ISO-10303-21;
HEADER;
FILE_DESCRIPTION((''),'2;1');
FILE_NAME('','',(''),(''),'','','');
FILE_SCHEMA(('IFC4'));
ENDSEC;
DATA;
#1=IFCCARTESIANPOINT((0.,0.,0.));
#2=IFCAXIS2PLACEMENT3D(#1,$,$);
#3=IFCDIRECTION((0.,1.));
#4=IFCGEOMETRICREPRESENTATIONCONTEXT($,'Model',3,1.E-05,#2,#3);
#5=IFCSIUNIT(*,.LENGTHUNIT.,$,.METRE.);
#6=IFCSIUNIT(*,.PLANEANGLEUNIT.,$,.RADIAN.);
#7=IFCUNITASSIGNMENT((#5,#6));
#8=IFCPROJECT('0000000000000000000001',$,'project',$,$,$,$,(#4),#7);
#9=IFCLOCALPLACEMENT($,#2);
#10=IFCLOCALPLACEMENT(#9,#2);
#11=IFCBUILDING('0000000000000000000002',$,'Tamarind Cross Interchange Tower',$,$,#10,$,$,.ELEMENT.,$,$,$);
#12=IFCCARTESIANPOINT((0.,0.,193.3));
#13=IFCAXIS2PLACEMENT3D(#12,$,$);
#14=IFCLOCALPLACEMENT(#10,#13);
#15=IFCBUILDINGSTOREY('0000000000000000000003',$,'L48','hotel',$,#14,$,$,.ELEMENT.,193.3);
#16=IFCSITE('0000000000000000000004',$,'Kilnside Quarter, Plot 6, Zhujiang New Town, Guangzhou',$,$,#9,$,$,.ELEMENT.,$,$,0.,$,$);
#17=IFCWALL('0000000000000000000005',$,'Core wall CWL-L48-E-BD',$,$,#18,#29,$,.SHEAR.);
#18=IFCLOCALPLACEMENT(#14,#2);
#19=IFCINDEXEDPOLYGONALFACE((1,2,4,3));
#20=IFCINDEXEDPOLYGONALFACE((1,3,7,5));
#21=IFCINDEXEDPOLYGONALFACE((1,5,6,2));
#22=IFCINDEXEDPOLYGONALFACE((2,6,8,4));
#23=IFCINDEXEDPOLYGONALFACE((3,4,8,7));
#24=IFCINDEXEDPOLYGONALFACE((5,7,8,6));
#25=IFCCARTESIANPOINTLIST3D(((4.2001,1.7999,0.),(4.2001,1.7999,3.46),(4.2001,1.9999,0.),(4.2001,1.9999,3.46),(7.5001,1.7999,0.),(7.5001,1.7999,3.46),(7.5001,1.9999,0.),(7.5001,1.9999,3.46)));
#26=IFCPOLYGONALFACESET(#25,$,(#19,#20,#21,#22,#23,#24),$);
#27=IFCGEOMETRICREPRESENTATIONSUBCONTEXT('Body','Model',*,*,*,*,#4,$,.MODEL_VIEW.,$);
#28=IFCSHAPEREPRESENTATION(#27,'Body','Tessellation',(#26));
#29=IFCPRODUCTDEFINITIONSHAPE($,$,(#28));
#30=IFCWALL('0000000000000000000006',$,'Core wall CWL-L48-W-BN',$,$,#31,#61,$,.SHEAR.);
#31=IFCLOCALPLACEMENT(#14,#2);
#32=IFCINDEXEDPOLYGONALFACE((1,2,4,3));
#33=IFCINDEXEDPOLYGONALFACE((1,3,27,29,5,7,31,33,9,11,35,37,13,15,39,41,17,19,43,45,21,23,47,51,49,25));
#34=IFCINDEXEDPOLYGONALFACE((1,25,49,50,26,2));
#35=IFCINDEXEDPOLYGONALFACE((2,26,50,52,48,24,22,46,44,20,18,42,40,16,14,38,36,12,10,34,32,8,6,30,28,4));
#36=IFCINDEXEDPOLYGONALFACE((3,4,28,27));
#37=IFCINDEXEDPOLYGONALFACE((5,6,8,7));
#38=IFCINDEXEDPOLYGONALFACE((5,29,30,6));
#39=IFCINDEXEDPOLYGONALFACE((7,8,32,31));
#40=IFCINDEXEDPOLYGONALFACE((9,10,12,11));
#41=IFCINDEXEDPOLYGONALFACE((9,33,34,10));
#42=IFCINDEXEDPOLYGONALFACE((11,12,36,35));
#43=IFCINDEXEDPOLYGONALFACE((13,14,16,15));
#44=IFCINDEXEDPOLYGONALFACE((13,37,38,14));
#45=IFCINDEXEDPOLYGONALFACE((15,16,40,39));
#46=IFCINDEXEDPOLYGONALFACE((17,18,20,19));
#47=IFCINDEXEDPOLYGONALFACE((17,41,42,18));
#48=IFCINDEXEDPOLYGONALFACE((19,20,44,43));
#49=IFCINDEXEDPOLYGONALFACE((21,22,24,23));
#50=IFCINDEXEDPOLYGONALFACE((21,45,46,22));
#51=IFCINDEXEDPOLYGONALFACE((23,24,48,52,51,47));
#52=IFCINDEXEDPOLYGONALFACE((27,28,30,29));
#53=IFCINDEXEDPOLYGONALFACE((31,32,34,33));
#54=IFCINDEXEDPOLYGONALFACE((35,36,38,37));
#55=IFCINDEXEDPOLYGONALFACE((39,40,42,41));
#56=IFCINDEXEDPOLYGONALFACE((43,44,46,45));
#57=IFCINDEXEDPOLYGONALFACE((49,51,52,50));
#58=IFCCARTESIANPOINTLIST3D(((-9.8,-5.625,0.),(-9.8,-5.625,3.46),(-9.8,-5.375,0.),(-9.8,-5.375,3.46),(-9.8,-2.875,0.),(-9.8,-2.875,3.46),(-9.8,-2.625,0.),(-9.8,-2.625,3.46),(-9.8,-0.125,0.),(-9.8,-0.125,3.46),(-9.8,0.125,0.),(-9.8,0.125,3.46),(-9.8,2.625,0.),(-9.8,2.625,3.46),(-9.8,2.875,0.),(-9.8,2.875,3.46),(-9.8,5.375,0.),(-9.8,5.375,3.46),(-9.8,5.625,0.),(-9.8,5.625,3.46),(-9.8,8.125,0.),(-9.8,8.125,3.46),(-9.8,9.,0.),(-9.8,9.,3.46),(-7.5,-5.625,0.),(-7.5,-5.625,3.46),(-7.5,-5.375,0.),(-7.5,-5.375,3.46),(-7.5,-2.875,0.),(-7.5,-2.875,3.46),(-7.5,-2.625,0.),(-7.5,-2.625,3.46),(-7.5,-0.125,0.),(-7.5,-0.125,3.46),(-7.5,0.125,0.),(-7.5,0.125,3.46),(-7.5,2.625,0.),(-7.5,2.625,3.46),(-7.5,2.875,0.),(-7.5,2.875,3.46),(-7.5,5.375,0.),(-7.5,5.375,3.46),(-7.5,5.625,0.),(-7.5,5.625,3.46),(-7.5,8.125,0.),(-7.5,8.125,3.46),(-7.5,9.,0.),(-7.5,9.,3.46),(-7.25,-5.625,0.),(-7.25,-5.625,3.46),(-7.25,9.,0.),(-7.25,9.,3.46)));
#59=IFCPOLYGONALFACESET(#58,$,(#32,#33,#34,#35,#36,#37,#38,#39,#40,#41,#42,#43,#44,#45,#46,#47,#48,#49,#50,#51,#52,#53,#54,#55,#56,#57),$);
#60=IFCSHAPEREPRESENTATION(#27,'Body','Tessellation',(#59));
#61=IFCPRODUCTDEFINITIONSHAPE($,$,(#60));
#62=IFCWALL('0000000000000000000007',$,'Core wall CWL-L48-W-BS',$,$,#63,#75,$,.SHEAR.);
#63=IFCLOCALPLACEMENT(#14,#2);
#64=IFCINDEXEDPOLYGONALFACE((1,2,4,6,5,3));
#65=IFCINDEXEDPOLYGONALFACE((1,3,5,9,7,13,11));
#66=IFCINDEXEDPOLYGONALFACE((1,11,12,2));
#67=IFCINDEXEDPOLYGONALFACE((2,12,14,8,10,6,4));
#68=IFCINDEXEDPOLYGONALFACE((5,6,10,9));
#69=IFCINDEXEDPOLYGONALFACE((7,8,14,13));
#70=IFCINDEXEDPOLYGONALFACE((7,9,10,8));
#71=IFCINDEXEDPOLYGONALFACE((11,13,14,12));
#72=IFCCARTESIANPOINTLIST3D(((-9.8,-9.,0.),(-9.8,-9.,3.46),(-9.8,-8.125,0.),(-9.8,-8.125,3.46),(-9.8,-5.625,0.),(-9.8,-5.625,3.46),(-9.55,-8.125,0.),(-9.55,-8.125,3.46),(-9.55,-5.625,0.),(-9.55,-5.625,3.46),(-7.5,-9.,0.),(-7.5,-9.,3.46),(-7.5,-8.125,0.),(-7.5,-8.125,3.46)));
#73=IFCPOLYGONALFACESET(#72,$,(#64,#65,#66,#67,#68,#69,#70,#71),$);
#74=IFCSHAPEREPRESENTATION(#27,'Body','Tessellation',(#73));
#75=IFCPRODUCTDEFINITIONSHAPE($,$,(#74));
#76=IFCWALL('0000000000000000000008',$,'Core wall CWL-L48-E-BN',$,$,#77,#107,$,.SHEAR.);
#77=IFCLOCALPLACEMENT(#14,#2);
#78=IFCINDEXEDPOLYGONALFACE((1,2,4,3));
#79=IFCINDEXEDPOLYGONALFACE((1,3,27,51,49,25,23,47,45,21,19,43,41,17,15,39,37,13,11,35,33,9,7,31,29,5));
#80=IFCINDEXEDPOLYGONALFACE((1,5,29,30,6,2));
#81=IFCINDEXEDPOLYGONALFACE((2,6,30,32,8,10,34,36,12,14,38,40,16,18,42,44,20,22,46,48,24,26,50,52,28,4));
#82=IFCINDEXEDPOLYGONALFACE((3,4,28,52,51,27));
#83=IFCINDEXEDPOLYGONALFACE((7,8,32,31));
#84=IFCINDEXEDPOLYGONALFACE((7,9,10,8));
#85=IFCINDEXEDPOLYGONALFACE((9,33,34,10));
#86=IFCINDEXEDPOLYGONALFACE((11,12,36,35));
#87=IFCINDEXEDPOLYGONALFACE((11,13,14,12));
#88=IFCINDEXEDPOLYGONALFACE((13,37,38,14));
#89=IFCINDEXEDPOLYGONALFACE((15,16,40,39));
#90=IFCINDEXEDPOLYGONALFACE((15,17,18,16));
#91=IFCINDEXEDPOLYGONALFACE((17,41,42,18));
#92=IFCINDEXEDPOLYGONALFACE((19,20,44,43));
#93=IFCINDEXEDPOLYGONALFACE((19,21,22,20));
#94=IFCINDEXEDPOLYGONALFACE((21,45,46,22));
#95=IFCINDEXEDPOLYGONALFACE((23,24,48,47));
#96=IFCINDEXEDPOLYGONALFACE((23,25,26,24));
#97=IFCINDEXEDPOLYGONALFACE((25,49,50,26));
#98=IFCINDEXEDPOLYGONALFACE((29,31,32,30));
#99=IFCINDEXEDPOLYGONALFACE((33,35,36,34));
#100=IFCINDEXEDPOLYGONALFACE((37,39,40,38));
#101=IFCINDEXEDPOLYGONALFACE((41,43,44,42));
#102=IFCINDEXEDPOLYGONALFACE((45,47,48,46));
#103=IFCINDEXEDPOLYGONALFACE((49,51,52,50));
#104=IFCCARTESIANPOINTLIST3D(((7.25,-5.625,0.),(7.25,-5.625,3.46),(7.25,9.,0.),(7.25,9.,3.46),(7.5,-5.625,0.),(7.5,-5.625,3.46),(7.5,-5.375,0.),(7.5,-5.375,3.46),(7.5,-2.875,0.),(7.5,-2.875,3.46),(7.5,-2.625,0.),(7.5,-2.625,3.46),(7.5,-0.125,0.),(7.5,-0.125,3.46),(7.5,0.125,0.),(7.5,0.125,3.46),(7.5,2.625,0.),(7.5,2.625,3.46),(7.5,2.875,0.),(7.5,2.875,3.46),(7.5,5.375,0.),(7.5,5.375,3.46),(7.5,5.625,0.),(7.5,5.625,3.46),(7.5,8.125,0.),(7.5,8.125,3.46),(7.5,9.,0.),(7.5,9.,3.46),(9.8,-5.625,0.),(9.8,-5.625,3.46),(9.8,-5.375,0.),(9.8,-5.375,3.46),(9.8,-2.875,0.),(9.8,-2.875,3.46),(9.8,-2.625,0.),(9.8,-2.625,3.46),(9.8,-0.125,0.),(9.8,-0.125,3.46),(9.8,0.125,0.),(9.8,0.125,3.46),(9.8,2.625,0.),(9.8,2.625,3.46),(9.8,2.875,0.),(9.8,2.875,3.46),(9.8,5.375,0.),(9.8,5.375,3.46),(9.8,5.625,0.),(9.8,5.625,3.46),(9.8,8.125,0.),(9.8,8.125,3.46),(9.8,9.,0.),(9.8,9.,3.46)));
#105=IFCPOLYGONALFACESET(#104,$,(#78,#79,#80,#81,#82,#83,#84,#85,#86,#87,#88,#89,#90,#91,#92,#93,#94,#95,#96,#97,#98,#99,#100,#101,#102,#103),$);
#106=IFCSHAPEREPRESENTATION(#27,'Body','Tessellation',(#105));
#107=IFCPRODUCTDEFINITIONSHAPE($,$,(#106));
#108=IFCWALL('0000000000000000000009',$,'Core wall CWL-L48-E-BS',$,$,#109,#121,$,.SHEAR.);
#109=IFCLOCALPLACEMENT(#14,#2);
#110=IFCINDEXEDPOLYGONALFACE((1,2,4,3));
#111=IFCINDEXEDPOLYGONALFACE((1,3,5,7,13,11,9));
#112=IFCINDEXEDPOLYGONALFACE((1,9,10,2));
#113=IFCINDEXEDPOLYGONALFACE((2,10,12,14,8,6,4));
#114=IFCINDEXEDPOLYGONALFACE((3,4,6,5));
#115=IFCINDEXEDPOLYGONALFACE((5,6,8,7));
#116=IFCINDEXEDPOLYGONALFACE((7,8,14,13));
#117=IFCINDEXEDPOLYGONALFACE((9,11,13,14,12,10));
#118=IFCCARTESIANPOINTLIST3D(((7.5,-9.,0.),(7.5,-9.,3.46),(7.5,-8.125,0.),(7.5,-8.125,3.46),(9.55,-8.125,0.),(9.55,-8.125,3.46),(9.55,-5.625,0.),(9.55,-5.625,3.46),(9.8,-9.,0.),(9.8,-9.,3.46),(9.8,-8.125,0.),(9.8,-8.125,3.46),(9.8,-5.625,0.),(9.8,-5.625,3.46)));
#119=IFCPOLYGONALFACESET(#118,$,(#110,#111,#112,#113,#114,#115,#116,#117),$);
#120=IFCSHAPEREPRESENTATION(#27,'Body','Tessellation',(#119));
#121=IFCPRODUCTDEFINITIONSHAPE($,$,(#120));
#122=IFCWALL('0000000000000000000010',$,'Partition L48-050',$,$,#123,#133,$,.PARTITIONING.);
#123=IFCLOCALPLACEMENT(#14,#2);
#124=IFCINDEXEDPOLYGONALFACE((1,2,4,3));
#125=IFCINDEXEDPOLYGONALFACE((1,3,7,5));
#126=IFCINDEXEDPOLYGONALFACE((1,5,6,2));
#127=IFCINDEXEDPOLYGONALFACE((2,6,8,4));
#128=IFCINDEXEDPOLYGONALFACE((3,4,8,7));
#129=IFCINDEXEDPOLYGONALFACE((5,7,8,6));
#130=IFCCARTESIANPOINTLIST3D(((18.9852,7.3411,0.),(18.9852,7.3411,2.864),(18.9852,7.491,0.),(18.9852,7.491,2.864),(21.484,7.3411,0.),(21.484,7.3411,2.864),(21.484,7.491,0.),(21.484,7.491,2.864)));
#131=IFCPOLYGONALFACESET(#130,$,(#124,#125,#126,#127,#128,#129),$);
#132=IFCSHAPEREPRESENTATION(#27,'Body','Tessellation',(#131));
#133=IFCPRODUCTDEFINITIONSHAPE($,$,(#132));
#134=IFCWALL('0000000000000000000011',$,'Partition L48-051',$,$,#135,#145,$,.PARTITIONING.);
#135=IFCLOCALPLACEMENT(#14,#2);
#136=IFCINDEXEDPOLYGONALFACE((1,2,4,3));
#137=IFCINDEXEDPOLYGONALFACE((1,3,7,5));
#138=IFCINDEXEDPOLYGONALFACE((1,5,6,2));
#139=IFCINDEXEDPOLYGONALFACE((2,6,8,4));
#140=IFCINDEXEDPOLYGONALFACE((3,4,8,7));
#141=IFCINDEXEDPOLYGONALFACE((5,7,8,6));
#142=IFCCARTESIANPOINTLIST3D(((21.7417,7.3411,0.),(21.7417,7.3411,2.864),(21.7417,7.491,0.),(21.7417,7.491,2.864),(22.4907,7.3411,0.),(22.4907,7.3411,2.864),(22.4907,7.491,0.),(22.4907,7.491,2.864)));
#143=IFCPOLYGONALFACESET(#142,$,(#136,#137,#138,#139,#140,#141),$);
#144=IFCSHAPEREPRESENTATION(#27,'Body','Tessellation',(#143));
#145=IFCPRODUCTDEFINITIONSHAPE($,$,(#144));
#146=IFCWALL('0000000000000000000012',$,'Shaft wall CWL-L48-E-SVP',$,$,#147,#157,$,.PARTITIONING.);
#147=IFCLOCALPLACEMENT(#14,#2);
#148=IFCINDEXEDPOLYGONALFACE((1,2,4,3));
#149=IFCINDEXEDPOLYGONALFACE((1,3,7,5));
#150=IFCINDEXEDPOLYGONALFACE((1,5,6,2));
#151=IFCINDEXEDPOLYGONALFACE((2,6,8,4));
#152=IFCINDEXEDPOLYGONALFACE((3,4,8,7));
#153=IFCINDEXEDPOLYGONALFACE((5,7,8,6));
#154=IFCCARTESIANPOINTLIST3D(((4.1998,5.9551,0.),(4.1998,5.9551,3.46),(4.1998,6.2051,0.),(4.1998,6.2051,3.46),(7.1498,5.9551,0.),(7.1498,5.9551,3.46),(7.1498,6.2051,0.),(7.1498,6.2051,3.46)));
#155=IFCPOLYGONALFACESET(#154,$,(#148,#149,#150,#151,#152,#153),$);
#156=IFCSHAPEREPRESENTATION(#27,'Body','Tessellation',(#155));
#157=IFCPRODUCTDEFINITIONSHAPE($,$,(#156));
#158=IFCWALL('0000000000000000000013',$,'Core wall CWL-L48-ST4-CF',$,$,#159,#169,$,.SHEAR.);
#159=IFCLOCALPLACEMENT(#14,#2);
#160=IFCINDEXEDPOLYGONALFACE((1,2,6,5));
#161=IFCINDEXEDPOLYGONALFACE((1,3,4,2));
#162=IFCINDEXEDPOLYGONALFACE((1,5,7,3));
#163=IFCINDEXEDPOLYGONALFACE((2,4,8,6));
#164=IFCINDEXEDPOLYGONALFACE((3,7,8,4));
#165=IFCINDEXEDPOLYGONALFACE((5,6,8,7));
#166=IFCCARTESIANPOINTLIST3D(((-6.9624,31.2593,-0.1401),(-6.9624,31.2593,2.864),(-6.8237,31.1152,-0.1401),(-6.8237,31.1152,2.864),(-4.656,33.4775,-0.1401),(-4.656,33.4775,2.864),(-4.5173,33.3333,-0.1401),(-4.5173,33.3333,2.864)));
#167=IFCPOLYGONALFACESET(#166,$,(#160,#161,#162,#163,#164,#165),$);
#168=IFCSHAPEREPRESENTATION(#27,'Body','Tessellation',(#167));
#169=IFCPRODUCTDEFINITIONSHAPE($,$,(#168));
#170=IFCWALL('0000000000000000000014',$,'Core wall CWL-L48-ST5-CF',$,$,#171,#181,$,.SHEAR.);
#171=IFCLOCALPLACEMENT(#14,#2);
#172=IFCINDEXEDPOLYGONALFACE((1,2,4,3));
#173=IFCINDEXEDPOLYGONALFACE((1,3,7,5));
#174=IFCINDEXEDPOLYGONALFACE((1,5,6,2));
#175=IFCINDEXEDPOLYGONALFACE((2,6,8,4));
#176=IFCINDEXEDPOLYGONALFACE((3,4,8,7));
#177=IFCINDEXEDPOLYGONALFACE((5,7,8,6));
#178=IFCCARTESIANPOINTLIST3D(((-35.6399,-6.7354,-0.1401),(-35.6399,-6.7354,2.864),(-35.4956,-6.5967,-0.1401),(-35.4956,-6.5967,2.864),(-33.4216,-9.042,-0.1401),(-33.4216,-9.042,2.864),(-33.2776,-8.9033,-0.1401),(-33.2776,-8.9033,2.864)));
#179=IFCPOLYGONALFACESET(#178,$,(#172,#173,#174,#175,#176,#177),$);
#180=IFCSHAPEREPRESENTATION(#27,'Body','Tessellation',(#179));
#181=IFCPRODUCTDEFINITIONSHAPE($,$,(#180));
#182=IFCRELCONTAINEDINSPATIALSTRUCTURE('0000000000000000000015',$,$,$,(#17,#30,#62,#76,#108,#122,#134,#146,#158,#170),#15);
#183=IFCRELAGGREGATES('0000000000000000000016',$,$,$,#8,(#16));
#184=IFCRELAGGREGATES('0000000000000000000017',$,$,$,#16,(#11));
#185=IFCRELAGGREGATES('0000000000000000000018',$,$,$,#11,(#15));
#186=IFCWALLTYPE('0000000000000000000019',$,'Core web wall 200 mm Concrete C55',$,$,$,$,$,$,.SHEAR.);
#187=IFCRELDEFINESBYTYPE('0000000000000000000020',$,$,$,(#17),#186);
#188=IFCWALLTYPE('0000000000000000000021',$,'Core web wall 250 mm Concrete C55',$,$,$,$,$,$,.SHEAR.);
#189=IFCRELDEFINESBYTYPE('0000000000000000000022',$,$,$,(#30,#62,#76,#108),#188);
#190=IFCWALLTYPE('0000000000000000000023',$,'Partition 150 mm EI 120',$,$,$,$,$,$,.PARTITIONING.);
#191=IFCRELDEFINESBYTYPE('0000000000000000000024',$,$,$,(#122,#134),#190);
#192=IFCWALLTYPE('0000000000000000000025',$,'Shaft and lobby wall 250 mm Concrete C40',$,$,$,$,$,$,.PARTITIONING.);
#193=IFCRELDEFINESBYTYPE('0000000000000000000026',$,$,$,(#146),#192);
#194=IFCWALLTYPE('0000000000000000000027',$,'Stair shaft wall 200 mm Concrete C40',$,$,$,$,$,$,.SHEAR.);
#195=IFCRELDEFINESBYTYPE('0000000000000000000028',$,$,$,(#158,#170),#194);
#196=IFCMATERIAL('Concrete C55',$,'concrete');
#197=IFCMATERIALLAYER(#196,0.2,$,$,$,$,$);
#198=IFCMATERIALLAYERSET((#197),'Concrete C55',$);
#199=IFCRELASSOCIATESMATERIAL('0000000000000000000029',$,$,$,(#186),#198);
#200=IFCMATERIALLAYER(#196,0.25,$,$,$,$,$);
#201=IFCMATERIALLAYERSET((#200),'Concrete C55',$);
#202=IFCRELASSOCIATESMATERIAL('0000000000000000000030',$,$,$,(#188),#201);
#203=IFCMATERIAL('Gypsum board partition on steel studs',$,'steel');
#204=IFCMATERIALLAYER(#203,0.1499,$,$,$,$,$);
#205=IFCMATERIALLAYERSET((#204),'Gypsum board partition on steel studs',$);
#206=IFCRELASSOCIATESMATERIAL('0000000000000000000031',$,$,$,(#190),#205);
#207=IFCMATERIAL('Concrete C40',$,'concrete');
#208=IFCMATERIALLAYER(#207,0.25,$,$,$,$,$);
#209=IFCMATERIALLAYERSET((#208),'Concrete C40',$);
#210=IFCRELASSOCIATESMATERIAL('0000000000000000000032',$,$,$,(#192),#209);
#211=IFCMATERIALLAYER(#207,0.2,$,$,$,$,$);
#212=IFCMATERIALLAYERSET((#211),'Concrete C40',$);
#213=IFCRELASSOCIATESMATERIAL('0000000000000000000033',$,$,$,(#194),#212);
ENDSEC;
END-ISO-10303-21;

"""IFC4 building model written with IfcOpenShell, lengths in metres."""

from ifc_helpers import new_model, si_unit, direction, frame, frame_2d, origin, place, context, subcontext, project, spatial, polyline, rectangle, outline, extrude, material, layer, layer_set, type_object, element, save


model = new_model("IFC4")

# Units and contexts
model_context = context("Model", 3, precision=1e-05, world=origin(), true_north=direction((0.0, 1.0)))
body_context = subcontext(model_context, "Body", "Model", "MODEL_VIEW")
ifc_project = project(units=[si_unit("LENGTHUNIT", "METRE"), si_unit("PLANEANGLEUNIT", "RADIAN")], contexts=[model_context])

# Site, building, storey
site_placement = place(None, origin())
site = spatial("IfcSite", under=ifc_project, at=site_placement, Name="Kilnside Quarter, Plot 6, Zhujiang New Town, Guangzhou", CompositionType="ELEMENT", RefElevation=0.0)
building_placement = place(site_placement, origin())
building = spatial("IfcBuilding", under=site, at=building_placement, Name="Tamarind Cross Interchange Tower", CompositionType="ELEMENT")
storey_placement = place(building_placement, frame((0.0, 0.0, 193.3)))
storey = spatial("IfcBuildingStorey", under=building, at=storey_placement, Name="L48", Description="hotel", CompositionType="ELEMENT", Elevation=193.3)

# Shared definitions
ifc_material_1 = material(Name="Concrete C55", Category="concrete")

# Shared definitions
ifc_material_2 = material(Name="Concrete C40", Category="concrete")

# Walls
ifc_layer_1 = layer(ifc_material_1, 0.2)
ifc_layer_set_1 = layer_set([ifc_layer_1], Name="Concrete C55")
wall_type_1 = type_object("IfcWallType", Name="Core web wall 200 mm Concrete C55", PredefinedType="SHEAR", material=ifc_layer_set_1)
wall_1_placement = place(storey_placement, frame((7.5, 1.8999, 0.0), z_axis=(0.0, 0.0, 1.0), x_axis=(-1.0, 0.0, 0.0)))
element("IfcWall", 1, at=wall_1_placement, inside=storey, type_object=wall_type_1, Name="Core wall CWL-L48-E-BD", PredefinedType="SHEAR", context=body_context, shape_type="SweptSolid", body=[
    extrude(rectangle(XDim=3.3, YDim=0.2, at=frame_2d((1.6499, 0.0))), origin(), (0.0, 0.0, 1.0), 3.46),
])
ifc_layer_2 = layer(ifc_material_1, 0.25)
ifc_layer_set_2 = layer_set([ifc_layer_2], Name="Concrete C55")
wall_type_2 = type_object("IfcWallType", Name="Core web wall 250 mm Concrete C55", PredefinedType="SHEAR", material=ifc_layer_set_2)
wall_2_placement = place(storey_placement, origin())
element("IfcWall", 2, at=wall_2_placement, inside=storey, type_object=wall_type_2, Name="Core wall CWL-L48-W-BN", PredefinedType="SHEAR", context=body_context, shape_type="SweptSolid", body=[
    extrude(outline(polyline([(-9.8, -5.375), (-9.8, -5.625), (-7.5, -5.625), (-7.25, -5.625), (-7.25, 9.0), (-7.5, 9.0), (-9.8, 9.0), (-9.8, 8.125), (-7.5, 8.125), (-7.5, 5.625), (-9.8, 5.625), (-9.8, 5.375), (-7.5, 5.375), (-7.5, 2.875), (-9.8, 2.875), (-9.8, 2.625), (-7.5, 2.625), (-7.5, 0.125), (-9.8, 0.125), (-9.8, -0.125), (-7.5, -0.125), (-7.5, -2.625), (-9.8, -2.625), (-9.8, -2.875), (-7.5, -2.875), (-7.5, -5.375), (-9.8, -5.375)])), origin(), (0.0, 0.0, 1.0), 3.46),
])
wall_3_placement = place(storey_placement, origin())
element("IfcWall", 3, at=wall_3_placement, inside=storey, type_object=wall_type_2, Name="Core wall CWL-L48-W-BS", PredefinedType="SHEAR", context=body_context, shape_type="SweptSolid", body=[
    extrude(outline(polyline([(-7.5, -8.125), (-9.55, -8.125), (-9.55, -5.625), (-9.8, -5.625), (-9.8, -8.125), (-9.8, -9.0), (-7.5, -9.0), (-7.5, -8.125)])), origin(), (0.0, 0.0, 1.0), 3.46),
])
wall_4_placement = place(storey_placement, origin())
element("IfcWall", 4, at=wall_4_placement, inside=storey, type_object=wall_type_2, Name="Core wall CWL-L48-E-BN", PredefinedType="SHEAR", context=body_context, shape_type="SweptSolid", body=[
    extrude(outline(polyline([(9.8, -5.375), (7.5, -5.375), (7.5, -2.875), (9.8, -2.875), (9.8, -2.625), (7.5, -2.625), (7.5, -0.125), (9.8, -0.125), (9.8, 0.125), (7.5, 0.125), (7.5, 2.625), (9.8, 2.625), (9.8, 2.875), (7.5, 2.875), (7.5, 5.375), (9.8, 5.375), (9.8, 5.625), (7.5, 5.625), (7.5, 8.125), (9.8, 8.125), (9.8, 9.0), (7.5, 9.0), (7.25, 9.0), (7.25, -5.625), (7.5, -5.625), (9.8, -5.625), (9.8, -5.375)])), origin(), (0.0, 0.0, 1.0), 3.46),
])
wall_5_placement = place(storey_placement, origin())
element("IfcWall", 5, at=wall_5_placement, inside=storey, type_object=wall_type_2, Name="Core wall CWL-L48-E-BS", PredefinedType="SHEAR", context=body_context, shape_type="SweptSolid", body=[
    extrude(outline(polyline([(7.5, -8.125), (7.5, -9.0), (9.8, -9.0), (9.8, -8.125), (9.8, -5.625), (9.55, -5.625), (9.55, -8.125), (7.5, -8.125)])), origin(), (0.0, 0.0, 1.0), 3.46),
])
ifc_material_3 = material(Name="Gypsum board partition on steel studs", Category="steel")
ifc_layer_3 = layer(ifc_material_3, 0.1499)
ifc_layer_set_3 = layer_set([ifc_layer_3], Name="Gypsum board partition on steel studs")
wall_type_3 = type_object("IfcWallType", Name="Partition 150 mm EI 120", PredefinedType="PARTITIONING", material=ifc_layer_set_3)
wall_6_placement = place(storey_placement, frame((18.9851, 7.416, 0.0), z_axis=(0.0, 0.0, 1.0), x_axis=(1.0, 0.0, 0.0)))
element("IfcWall", 6, at=wall_6_placement, inside=storey, type_object=wall_type_3, Name="Partition L48-050", PredefinedType="PARTITIONING", context=body_context, shape_type="SweptSolid", body=[
    extrude(rectangle(XDim=2.4988, YDim=0.1499, at=frame_2d((1.2495, 0.0))), origin(), (0.0, 0.0, 1.0), 2.864),
])
wall_7_placement = place(storey_placement, frame((21.7417, 7.416, 0.0), z_axis=(0.0, 0.0, 1.0), x_axis=(1.0, 0.0, 0.0)))
element("IfcWall", 7, at=wall_7_placement, inside=storey, type_object=wall_type_3, Name="Partition L48-051", PredefinedType="PARTITIONING", context=body_context, shape_type="SweptSolid", body=[
    extrude(rectangle(XDim=0.749, YDim=0.1499, at=frame_2d((0.3745, 0.0))), origin(), (0.0, 0.0, 1.0), 2.864),
])
ifc_layer_4 = layer(ifc_material_2, 0.25)
ifc_layer_set_4 = layer_set([ifc_layer_4], Name="Concrete C40")
wall_type_4 = type_object("IfcWallType", Name="Shaft and lobby wall 250 mm Concrete C40", PredefinedType="PARTITIONING", material=ifc_layer_set_4)
wall_8_placement = place(storey_placement, frame((7.1499, 6.0801, 0.0), z_axis=(0.0, 0.0, 1.0), x_axis=(-1.0, 0.0, 0.0)))
element("IfcWall", 8, at=wall_8_placement, inside=storey, type_object=wall_type_4, Name="Shaft wall CWL-L48-E-SVP", PredefinedType="PARTITIONING", context=body_context, shape_type="SweptSolid", body=[
    extrude(rectangle(XDim=2.95, YDim=0.25, at=frame_2d((1.4751, 0.0))), origin(), (0.0, 0.0, 1.0), 3.46),
])
ifc_layer_5 = layer(ifc_material_2, 0.2)
ifc_layer_set_5 = layer_set([ifc_layer_5], Name="Concrete C40")
wall_type_5 = type_object("IfcWallType", Name="Stair shaft wall 200 mm Concrete C40", PredefinedType="SHEAR", material=ifc_layer_set_5)
wall_9_placement = place(storey_placement, frame((0.0, 0.0, -0.1401)))
element("IfcWall", 9, at=wall_9_placement, inside=storey, type_object=wall_type_5, Name="Core wall CWL-L48-ST4-CF", PredefinedType="SHEAR", context=body_context, shape_type="SweptSolid", body=[
    extrude(outline(polyline([(-4.5173, 33.3333), (-4.656, 33.4775), (-6.9624, 31.2593), (-6.8237, 31.1152), (-4.5173, 33.3333)])), origin(), (0.0, 0.0, 1.0), 3.0042),
])
wall_10_placement = place(storey_placement, frame((0.0, 0.0, -0.1401)))
element("IfcWall", 10, at=wall_10_placement, inside=storey, type_object=wall_type_5, Name="Core wall CWL-L48-ST5-CF", PredefinedType="SHEAR", context=body_context, shape_type="SweptSolid", body=[
    extrude(outline(polyline([(-35.4956, -6.5967), (-35.6399, -6.7354), (-33.4216, -9.042), (-33.2776, -8.9033), (-35.4956, -6.5967)])), origin(), (0.0, 0.0, 1.0), 3.0042),
])

save(model, "model.ifc")
